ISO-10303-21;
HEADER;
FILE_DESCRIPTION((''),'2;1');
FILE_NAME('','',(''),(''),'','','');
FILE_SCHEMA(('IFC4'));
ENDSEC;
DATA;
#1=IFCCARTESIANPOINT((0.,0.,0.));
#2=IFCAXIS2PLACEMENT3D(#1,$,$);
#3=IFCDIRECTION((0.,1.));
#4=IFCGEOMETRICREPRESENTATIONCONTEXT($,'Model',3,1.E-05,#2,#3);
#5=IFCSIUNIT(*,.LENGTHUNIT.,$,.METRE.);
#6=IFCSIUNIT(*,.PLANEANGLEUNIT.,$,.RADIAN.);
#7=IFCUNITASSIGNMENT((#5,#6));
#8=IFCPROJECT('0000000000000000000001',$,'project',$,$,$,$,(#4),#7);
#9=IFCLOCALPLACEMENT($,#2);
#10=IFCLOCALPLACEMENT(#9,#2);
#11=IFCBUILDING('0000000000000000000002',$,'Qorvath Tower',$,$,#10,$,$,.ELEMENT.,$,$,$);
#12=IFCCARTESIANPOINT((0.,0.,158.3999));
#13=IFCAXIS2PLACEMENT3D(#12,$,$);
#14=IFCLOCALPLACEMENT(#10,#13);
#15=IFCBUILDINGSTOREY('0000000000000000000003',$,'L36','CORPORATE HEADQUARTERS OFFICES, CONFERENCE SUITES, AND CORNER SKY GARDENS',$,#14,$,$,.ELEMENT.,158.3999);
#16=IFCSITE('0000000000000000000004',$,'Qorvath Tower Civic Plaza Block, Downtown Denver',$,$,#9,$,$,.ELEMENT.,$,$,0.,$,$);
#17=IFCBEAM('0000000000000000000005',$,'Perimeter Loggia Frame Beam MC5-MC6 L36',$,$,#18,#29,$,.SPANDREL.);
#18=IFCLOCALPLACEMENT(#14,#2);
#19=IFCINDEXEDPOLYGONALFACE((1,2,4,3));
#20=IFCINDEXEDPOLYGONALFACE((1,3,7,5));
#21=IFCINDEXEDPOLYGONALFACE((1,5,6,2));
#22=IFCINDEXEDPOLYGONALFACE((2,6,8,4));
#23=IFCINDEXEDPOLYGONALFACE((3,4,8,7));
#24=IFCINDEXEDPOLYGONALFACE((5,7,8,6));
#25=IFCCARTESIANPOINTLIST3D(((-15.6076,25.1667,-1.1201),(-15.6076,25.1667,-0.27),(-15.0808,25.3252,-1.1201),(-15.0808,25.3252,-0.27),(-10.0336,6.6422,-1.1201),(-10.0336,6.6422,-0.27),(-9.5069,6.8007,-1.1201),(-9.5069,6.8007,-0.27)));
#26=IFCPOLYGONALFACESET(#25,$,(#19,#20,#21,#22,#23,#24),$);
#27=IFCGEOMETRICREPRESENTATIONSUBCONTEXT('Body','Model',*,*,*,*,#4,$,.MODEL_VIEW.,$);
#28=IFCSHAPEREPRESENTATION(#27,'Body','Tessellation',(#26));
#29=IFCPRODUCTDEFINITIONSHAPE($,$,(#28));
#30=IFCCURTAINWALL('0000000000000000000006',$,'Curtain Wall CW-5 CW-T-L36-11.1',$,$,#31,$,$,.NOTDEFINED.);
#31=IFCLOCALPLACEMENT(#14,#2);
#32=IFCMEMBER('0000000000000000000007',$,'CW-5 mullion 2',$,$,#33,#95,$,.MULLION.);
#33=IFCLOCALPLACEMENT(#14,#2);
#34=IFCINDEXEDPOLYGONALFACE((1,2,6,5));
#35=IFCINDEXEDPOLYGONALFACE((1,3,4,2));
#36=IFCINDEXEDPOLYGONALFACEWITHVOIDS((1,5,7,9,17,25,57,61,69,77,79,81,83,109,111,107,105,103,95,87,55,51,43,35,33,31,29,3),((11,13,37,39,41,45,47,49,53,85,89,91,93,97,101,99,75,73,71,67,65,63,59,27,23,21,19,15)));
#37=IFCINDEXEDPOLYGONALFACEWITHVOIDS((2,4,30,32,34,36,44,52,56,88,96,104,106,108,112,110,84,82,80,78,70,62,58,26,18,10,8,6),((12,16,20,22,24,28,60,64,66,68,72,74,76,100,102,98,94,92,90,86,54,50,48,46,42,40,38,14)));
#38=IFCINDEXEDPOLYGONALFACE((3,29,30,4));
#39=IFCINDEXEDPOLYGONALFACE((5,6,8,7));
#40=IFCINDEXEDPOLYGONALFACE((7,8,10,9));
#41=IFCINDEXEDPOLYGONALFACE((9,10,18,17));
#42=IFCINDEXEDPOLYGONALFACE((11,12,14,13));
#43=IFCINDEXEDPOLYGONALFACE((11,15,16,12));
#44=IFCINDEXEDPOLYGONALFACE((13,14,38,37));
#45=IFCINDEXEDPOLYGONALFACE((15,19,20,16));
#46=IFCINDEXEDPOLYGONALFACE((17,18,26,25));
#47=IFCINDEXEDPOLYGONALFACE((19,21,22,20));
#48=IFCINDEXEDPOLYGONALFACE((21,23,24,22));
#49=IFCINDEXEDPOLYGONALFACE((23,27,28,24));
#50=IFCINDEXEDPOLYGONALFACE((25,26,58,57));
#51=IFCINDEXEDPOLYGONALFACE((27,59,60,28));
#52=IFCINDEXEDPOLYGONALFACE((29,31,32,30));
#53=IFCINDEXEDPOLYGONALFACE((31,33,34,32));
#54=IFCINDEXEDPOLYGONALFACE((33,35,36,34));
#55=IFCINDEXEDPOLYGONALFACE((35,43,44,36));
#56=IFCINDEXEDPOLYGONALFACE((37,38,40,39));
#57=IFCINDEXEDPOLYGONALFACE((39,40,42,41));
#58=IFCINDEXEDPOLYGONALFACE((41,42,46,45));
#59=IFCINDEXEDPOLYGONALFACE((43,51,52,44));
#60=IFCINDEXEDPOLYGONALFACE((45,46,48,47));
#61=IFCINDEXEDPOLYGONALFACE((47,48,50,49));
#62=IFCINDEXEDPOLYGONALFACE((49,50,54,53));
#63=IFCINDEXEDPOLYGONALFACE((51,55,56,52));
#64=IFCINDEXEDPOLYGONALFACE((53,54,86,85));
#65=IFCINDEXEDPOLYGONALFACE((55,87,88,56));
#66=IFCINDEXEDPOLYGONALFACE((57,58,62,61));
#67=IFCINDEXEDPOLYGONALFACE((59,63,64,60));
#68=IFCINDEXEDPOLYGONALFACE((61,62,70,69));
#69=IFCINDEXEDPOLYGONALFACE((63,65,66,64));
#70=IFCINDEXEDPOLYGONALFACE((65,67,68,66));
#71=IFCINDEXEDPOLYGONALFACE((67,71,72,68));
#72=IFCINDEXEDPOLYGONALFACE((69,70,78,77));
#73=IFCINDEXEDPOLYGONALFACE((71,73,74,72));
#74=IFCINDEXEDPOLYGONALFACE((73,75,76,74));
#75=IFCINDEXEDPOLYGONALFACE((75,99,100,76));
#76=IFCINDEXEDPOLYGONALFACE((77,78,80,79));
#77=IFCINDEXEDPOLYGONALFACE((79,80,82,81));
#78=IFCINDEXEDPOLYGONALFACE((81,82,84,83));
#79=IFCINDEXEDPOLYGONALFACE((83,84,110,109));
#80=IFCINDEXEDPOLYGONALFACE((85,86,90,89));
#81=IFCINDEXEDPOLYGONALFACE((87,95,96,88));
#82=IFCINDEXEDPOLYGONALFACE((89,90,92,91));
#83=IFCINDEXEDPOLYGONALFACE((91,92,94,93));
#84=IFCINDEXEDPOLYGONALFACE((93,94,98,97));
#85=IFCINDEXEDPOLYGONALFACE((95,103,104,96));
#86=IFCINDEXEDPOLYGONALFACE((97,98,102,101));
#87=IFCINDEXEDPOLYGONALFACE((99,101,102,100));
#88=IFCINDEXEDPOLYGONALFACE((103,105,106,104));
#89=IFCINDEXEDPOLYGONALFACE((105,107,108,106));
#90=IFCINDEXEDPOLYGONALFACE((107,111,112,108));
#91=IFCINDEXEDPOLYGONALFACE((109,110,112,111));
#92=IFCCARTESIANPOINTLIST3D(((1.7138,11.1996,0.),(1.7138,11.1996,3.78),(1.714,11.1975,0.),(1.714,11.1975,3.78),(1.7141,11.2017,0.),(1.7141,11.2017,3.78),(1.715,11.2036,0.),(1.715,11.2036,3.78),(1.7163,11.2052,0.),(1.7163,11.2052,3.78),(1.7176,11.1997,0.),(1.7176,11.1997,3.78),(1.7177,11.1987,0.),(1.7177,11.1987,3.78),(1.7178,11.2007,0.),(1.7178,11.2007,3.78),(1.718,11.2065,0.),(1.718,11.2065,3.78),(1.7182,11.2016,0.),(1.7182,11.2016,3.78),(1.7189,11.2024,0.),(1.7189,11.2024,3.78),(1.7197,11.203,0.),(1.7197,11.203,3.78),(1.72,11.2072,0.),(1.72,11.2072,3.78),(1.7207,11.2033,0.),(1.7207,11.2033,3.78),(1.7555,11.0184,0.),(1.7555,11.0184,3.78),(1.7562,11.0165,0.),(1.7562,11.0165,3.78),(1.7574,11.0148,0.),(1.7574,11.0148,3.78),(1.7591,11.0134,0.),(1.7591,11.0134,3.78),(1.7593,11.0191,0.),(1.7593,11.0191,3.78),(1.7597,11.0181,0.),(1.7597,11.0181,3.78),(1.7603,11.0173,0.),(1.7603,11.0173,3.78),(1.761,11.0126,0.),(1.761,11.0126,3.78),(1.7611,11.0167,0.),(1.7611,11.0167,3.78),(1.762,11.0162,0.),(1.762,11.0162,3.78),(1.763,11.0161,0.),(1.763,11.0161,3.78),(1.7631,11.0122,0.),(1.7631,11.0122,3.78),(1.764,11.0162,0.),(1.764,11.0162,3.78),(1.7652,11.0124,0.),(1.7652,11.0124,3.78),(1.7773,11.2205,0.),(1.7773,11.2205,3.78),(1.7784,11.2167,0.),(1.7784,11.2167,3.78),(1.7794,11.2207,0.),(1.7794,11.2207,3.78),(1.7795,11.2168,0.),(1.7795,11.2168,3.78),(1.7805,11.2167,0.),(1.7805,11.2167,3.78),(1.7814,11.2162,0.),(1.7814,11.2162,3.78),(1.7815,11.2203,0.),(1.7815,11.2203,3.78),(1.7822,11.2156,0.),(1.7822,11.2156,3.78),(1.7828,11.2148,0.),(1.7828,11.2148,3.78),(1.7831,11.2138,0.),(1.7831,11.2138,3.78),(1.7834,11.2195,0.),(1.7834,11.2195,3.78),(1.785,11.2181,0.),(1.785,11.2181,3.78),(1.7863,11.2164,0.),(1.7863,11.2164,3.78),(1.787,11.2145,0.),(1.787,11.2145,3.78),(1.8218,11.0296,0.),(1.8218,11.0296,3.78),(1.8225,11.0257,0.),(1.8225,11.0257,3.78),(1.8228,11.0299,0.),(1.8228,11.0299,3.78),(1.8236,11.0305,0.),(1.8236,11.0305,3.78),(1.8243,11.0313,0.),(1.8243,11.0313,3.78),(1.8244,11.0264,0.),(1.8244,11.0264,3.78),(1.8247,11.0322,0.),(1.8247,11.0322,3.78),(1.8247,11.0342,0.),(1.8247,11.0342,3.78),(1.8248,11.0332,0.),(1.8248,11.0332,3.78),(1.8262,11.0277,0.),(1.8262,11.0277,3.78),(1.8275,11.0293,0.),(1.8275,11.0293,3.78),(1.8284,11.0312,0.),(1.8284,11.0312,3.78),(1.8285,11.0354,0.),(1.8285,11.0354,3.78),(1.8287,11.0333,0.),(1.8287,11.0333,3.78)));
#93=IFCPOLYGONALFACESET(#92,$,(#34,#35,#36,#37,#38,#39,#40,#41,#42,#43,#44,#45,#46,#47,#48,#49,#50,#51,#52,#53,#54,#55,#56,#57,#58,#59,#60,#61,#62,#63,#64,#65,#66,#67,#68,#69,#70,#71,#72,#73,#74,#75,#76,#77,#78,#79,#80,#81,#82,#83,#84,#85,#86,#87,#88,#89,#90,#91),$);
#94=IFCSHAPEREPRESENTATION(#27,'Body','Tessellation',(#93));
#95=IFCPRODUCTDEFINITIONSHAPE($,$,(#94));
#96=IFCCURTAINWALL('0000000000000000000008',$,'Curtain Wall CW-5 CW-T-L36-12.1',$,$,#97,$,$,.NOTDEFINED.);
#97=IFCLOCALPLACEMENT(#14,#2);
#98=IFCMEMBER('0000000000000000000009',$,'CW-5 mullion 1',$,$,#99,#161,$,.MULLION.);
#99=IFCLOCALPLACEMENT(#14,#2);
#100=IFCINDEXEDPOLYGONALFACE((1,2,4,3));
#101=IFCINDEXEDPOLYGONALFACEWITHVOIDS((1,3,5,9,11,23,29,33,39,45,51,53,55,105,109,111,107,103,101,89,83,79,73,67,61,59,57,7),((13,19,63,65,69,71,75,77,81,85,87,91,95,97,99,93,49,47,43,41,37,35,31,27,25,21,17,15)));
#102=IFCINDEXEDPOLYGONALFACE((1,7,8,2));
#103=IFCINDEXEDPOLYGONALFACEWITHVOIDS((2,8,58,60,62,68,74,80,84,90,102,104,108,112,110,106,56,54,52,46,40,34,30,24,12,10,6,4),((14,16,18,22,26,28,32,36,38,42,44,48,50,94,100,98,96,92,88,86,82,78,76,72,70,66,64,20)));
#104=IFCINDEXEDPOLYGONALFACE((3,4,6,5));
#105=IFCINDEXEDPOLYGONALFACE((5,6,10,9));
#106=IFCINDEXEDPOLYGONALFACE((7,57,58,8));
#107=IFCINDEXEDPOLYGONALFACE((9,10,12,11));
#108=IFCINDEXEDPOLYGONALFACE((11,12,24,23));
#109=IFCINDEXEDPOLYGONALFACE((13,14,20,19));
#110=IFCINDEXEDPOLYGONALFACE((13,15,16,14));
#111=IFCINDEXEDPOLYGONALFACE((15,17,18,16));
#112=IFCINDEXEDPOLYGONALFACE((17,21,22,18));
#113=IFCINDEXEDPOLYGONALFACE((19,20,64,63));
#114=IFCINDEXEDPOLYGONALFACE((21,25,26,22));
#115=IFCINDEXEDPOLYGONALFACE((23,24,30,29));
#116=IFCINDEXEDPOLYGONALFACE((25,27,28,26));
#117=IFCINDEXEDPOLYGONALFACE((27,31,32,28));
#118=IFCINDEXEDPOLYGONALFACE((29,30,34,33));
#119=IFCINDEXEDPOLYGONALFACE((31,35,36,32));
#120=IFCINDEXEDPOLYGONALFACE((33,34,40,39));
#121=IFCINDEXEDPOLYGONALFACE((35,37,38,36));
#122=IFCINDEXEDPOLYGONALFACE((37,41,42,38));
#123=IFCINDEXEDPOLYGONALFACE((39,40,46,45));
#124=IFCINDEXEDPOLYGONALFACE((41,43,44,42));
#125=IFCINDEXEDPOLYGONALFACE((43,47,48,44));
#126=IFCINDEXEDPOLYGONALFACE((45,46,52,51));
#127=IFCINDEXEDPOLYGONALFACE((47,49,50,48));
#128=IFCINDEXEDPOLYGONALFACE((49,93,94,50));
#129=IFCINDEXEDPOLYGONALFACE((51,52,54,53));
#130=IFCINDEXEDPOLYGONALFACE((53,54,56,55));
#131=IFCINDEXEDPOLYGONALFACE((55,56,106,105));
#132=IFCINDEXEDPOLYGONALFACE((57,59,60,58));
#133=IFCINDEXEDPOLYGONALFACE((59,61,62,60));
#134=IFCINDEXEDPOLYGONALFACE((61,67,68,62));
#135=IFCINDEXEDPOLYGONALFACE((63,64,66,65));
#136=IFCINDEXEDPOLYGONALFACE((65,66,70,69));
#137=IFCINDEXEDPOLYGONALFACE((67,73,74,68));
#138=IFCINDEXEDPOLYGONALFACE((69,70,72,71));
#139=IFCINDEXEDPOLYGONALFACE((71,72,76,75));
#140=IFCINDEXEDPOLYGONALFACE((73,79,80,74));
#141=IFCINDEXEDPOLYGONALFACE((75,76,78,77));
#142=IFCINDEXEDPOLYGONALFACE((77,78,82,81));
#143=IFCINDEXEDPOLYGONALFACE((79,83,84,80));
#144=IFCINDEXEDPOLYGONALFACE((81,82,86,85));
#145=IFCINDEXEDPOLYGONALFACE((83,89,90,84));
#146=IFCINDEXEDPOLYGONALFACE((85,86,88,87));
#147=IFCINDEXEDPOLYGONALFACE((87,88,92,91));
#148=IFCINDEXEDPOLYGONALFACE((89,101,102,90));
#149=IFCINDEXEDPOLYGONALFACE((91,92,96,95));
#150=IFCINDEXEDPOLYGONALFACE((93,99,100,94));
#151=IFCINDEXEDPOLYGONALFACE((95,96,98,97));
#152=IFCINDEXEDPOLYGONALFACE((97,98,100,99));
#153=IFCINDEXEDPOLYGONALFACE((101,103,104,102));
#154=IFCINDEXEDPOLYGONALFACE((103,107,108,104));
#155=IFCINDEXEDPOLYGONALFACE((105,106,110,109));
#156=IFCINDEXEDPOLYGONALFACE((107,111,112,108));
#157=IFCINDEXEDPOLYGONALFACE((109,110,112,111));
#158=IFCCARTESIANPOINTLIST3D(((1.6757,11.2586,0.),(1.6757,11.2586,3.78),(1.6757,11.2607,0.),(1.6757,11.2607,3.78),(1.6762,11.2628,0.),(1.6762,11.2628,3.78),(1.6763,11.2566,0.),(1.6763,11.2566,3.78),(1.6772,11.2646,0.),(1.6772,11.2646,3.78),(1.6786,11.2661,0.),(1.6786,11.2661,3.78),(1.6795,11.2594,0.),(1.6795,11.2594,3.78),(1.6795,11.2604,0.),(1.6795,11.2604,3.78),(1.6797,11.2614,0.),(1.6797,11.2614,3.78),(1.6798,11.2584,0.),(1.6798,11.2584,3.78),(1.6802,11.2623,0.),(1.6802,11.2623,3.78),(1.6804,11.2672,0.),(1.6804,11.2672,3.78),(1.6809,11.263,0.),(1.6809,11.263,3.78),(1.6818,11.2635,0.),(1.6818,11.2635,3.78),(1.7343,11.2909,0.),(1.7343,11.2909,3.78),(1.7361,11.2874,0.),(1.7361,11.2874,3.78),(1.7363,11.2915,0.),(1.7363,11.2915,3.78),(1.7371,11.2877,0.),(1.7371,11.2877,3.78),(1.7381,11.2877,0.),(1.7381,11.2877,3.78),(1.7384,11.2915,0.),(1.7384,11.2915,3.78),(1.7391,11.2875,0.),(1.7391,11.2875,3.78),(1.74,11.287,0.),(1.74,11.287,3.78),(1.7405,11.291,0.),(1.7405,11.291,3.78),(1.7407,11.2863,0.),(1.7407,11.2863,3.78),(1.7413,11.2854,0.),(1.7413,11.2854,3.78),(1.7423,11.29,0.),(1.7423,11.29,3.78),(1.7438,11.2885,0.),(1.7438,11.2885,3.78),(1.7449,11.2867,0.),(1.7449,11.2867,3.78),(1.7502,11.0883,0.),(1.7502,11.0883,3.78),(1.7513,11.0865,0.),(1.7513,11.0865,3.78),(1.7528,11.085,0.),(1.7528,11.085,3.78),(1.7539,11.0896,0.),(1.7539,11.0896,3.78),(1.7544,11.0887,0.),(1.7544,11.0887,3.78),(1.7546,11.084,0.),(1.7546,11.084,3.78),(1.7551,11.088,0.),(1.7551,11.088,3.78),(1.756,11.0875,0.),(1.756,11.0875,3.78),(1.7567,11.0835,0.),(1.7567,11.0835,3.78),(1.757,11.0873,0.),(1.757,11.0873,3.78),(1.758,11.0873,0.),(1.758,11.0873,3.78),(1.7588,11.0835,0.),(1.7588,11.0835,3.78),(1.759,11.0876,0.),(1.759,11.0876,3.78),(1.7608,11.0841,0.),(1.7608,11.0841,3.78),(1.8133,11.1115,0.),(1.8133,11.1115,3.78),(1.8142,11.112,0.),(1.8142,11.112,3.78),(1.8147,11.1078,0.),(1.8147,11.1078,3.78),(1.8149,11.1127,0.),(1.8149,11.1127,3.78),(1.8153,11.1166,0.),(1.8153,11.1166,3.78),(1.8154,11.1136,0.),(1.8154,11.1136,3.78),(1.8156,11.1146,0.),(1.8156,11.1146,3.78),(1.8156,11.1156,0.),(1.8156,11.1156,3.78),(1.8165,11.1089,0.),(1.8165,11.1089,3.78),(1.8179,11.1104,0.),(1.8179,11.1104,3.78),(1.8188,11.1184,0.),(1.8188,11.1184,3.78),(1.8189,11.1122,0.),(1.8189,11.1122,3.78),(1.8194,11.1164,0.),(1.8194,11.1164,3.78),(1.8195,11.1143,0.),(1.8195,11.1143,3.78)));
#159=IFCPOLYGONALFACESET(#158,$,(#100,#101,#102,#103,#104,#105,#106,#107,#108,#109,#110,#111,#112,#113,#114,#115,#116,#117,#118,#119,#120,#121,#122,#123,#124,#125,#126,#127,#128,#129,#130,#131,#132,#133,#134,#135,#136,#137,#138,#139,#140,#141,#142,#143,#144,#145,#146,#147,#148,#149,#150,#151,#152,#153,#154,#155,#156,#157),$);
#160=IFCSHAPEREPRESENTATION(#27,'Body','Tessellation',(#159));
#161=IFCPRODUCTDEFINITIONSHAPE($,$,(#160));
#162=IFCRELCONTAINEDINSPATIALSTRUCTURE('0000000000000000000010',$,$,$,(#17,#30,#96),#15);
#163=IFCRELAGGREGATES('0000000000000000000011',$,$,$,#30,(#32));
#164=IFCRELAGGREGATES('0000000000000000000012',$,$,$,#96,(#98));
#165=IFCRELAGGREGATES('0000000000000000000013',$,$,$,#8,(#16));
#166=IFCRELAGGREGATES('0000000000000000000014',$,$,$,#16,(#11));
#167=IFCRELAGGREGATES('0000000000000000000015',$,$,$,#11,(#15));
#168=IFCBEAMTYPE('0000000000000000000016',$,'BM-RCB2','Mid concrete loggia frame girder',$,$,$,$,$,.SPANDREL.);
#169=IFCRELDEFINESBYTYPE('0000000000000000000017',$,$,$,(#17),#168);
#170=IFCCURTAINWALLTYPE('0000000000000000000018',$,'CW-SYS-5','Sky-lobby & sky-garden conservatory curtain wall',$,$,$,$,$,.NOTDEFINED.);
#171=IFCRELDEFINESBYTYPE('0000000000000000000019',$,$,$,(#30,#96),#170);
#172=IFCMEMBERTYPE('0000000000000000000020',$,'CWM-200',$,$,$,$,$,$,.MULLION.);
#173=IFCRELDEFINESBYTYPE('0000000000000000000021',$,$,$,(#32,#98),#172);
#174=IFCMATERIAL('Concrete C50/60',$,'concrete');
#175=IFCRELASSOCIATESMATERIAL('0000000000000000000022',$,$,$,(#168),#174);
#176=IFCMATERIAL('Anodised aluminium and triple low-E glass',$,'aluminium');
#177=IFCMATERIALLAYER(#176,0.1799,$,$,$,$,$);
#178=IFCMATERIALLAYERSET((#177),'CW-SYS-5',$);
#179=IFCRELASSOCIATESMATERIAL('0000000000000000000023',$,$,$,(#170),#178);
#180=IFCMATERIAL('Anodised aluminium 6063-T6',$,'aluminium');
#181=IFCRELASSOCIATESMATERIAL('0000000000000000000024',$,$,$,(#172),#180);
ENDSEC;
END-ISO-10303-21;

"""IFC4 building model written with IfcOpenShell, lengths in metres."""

from ifc_helpers import new_model, si_unit, direction, frame, origin, origin_2d, place, context, subcontext, project, spatial, rectangle, hollow_rectangle, extrude, material, layer, layer_set, material_profile, profile_set, type_object, element, aggregate, save


model = new_model("IFC4")

# Units and contexts
model_context = context("Model", 3, precision=1e-05, world=origin(), true_north=direction((0.0, 1.0)))
body_context = subcontext(model_context, "Body", "Model", "MODEL_VIEW")
ifc_project = project(units=[si_unit("LENGTHUNIT", "METRE"), si_unit("PLANEANGLEUNIT", "RADIAN")], contexts=[model_context])

# Site, building, storey
site_placement = place(None, origin())
site = spatial("IfcSite", under=ifc_project, at=site_placement, Name="Qorvath Tower Civic Plaza Block, Downtown Denver", CompositionType="ELEMENT", RefElevation=0.0)
building_placement = place(site_placement, origin())
building = spatial("IfcBuilding", under=site, at=building_placement, Name="Qorvath Tower", CompositionType="ELEMENT")
storey_placement = place(building_placement, frame((0.0, 0.0, 158.3999)))
storey = spatial("IfcBuildingStorey", under=building, at=storey_placement, Name="L36", Description="CORPORATE HEADQUARTERS OFFICES, CONFERENCE SUITES, AND CORNER SKY GARDENS", CompositionType="ELEMENT", Elevation=158.3999)

# Beam
ifc_material_1 = material(Name="Concrete C50/60", Category="concrete")
ifc_material_profile_1 = material_profile(ifc_material_1, rectangle(XDim=0.55, YDim=0.8501, at=origin_2d()), Name="RCB 850x550")
ifc_profile_set_1 = profile_set([ifc_material_profile_1], Name="Concrete C50/60")
beam_type_1 = type_object("IfcBeamType", Name="BM-RCB2", Description="Mid concrete loggia frame girder", PredefinedType="SPANDREL", material=ifc_profile_set_1)
beam_1_placement = place(storey_placement, frame((-9.7703, 6.7214, -0.6951), z_axis=(-0.288134, 0.95759, 0.0), x_axis=(-0.95759, -0.288134, 0.0)))
element("IfcBeam", 1, at=beam_1_placement, inside=storey, type_object=beam_type_1, Name="Perimeter Loggia Frame Beam MC5-MC6 L36", PredefinedType="SPANDREL", context=body_context, shape_type="SweptSolid", body=[
    extrude(rectangle(XDim=0.55, YDim=0.8501, at=origin_2d()), origin(), (0.0, 0.0, 1.0), 19.345),
])

# Curtain wall, member
ifc_material_2 = material(Name="Anodised aluminium and triple low-E glass", Category="aluminium")
ifc_layer_1 = layer(ifc_material_2, 0.1799)
ifc_layer_set_1 = layer_set([ifc_layer_1], Name="CW-SYS-5")
curtain_wall_type = type_object("IfcCurtainWallType", Name="CW-SYS-5", Description="Sky-lobby & sky-garden conservatory curtain wall", PredefinedType="NOTDEFINED", material=ifc_layer_set_1)
curtain_wall_1_placement = place(storey_placement, origin())
curtain_wall_1 = element("IfcCurtainWall", 2, at=curtain_wall_1_placement, inside=storey, type_object=curtain_wall_type, Name="Curtain Wall CW-5 CW-T-L36-11.1", PredefinedType="NOTDEFINED")
ifc_material_3 = material(Name="Anodised aluminium 6063-T6", Category="aluminium")
ifc_material_profile_2 = material_profile(ifc_material_3, hollow_rectangle(XDim=0.075, YDim=0.2, WallThickness=0.0039, InnerFilletRadius=0.0039, OuterFilletRadius=0.0081, at=origin_2d()), Name="CWM 200x75")
ifc_profile_set_2 = profile_set([ifc_material_profile_2], Name="Anodised aluminium 6063-T6")
member_type_1 = type_object("IfcMemberType", Name="CWM-200", PredefinedType="MULLION", material=ifc_profile_set_2)
member_1_placement = place(storey_placement, frame((1.7712, 11.1165, 0.0), z_axis=(0.0, 0.0, 1.0), x_axis=(-0.974183, -0.225759, 0.0)))
member_1 = element("IfcMember", 3, at=member_1_placement, type_object=member_type_1, Name="CW-5 mullion 2", PredefinedType="MULLION", context=body_context, shape_type="SweptSolid", body=[
    extrude(hollow_rectangle(XDim=0.075, YDim=0.2, WallThickness=0.0039, InnerFilletRadius=0.0039, OuterFilletRadius=0.0081, at=origin_2d()), origin(), (0.0, 0.0, 1.0), 3.78),
])

# Curtain wall, member
curtain_wall_2_placement = place(storey_placement, origin())
curtain_wall_2 = element("IfcCurtainWall", 4, at=curtain_wall_2_placement, inside=storey, type_object=curtain_wall_type, Name="Curtain Wall CW-5 CW-T-L36-12.1", PredefinedType="NOTDEFINED")
member_2_placement = place(storey_placement, frame((1.7476, 11.1875, 0.0), z_axis=(0.0, 0.0, 1.0), x_axis=(-0.915663, -0.401947, 0.0)))
member_2 = element("IfcMember", 5, at=member_2_placement, type_object=member_type_1, Name="CW-5 mullion 1", PredefinedType="MULLION", context=body_context, shape_type="SweptSolid", body=[
    extrude(hollow_rectangle(XDim=0.075, YDim=0.2, WallThickness=0.0039, InnerFilletRadius=0.0039, OuterFilletRadius=0.0081, at=origin_2d()), origin(), (0.0, 0.0, 1.0), 3.78),
])

aggregate(curtain_wall_1, [member_1])
aggregate(curtain_wall_2, [member_2])

save(model, "model.ifc")
